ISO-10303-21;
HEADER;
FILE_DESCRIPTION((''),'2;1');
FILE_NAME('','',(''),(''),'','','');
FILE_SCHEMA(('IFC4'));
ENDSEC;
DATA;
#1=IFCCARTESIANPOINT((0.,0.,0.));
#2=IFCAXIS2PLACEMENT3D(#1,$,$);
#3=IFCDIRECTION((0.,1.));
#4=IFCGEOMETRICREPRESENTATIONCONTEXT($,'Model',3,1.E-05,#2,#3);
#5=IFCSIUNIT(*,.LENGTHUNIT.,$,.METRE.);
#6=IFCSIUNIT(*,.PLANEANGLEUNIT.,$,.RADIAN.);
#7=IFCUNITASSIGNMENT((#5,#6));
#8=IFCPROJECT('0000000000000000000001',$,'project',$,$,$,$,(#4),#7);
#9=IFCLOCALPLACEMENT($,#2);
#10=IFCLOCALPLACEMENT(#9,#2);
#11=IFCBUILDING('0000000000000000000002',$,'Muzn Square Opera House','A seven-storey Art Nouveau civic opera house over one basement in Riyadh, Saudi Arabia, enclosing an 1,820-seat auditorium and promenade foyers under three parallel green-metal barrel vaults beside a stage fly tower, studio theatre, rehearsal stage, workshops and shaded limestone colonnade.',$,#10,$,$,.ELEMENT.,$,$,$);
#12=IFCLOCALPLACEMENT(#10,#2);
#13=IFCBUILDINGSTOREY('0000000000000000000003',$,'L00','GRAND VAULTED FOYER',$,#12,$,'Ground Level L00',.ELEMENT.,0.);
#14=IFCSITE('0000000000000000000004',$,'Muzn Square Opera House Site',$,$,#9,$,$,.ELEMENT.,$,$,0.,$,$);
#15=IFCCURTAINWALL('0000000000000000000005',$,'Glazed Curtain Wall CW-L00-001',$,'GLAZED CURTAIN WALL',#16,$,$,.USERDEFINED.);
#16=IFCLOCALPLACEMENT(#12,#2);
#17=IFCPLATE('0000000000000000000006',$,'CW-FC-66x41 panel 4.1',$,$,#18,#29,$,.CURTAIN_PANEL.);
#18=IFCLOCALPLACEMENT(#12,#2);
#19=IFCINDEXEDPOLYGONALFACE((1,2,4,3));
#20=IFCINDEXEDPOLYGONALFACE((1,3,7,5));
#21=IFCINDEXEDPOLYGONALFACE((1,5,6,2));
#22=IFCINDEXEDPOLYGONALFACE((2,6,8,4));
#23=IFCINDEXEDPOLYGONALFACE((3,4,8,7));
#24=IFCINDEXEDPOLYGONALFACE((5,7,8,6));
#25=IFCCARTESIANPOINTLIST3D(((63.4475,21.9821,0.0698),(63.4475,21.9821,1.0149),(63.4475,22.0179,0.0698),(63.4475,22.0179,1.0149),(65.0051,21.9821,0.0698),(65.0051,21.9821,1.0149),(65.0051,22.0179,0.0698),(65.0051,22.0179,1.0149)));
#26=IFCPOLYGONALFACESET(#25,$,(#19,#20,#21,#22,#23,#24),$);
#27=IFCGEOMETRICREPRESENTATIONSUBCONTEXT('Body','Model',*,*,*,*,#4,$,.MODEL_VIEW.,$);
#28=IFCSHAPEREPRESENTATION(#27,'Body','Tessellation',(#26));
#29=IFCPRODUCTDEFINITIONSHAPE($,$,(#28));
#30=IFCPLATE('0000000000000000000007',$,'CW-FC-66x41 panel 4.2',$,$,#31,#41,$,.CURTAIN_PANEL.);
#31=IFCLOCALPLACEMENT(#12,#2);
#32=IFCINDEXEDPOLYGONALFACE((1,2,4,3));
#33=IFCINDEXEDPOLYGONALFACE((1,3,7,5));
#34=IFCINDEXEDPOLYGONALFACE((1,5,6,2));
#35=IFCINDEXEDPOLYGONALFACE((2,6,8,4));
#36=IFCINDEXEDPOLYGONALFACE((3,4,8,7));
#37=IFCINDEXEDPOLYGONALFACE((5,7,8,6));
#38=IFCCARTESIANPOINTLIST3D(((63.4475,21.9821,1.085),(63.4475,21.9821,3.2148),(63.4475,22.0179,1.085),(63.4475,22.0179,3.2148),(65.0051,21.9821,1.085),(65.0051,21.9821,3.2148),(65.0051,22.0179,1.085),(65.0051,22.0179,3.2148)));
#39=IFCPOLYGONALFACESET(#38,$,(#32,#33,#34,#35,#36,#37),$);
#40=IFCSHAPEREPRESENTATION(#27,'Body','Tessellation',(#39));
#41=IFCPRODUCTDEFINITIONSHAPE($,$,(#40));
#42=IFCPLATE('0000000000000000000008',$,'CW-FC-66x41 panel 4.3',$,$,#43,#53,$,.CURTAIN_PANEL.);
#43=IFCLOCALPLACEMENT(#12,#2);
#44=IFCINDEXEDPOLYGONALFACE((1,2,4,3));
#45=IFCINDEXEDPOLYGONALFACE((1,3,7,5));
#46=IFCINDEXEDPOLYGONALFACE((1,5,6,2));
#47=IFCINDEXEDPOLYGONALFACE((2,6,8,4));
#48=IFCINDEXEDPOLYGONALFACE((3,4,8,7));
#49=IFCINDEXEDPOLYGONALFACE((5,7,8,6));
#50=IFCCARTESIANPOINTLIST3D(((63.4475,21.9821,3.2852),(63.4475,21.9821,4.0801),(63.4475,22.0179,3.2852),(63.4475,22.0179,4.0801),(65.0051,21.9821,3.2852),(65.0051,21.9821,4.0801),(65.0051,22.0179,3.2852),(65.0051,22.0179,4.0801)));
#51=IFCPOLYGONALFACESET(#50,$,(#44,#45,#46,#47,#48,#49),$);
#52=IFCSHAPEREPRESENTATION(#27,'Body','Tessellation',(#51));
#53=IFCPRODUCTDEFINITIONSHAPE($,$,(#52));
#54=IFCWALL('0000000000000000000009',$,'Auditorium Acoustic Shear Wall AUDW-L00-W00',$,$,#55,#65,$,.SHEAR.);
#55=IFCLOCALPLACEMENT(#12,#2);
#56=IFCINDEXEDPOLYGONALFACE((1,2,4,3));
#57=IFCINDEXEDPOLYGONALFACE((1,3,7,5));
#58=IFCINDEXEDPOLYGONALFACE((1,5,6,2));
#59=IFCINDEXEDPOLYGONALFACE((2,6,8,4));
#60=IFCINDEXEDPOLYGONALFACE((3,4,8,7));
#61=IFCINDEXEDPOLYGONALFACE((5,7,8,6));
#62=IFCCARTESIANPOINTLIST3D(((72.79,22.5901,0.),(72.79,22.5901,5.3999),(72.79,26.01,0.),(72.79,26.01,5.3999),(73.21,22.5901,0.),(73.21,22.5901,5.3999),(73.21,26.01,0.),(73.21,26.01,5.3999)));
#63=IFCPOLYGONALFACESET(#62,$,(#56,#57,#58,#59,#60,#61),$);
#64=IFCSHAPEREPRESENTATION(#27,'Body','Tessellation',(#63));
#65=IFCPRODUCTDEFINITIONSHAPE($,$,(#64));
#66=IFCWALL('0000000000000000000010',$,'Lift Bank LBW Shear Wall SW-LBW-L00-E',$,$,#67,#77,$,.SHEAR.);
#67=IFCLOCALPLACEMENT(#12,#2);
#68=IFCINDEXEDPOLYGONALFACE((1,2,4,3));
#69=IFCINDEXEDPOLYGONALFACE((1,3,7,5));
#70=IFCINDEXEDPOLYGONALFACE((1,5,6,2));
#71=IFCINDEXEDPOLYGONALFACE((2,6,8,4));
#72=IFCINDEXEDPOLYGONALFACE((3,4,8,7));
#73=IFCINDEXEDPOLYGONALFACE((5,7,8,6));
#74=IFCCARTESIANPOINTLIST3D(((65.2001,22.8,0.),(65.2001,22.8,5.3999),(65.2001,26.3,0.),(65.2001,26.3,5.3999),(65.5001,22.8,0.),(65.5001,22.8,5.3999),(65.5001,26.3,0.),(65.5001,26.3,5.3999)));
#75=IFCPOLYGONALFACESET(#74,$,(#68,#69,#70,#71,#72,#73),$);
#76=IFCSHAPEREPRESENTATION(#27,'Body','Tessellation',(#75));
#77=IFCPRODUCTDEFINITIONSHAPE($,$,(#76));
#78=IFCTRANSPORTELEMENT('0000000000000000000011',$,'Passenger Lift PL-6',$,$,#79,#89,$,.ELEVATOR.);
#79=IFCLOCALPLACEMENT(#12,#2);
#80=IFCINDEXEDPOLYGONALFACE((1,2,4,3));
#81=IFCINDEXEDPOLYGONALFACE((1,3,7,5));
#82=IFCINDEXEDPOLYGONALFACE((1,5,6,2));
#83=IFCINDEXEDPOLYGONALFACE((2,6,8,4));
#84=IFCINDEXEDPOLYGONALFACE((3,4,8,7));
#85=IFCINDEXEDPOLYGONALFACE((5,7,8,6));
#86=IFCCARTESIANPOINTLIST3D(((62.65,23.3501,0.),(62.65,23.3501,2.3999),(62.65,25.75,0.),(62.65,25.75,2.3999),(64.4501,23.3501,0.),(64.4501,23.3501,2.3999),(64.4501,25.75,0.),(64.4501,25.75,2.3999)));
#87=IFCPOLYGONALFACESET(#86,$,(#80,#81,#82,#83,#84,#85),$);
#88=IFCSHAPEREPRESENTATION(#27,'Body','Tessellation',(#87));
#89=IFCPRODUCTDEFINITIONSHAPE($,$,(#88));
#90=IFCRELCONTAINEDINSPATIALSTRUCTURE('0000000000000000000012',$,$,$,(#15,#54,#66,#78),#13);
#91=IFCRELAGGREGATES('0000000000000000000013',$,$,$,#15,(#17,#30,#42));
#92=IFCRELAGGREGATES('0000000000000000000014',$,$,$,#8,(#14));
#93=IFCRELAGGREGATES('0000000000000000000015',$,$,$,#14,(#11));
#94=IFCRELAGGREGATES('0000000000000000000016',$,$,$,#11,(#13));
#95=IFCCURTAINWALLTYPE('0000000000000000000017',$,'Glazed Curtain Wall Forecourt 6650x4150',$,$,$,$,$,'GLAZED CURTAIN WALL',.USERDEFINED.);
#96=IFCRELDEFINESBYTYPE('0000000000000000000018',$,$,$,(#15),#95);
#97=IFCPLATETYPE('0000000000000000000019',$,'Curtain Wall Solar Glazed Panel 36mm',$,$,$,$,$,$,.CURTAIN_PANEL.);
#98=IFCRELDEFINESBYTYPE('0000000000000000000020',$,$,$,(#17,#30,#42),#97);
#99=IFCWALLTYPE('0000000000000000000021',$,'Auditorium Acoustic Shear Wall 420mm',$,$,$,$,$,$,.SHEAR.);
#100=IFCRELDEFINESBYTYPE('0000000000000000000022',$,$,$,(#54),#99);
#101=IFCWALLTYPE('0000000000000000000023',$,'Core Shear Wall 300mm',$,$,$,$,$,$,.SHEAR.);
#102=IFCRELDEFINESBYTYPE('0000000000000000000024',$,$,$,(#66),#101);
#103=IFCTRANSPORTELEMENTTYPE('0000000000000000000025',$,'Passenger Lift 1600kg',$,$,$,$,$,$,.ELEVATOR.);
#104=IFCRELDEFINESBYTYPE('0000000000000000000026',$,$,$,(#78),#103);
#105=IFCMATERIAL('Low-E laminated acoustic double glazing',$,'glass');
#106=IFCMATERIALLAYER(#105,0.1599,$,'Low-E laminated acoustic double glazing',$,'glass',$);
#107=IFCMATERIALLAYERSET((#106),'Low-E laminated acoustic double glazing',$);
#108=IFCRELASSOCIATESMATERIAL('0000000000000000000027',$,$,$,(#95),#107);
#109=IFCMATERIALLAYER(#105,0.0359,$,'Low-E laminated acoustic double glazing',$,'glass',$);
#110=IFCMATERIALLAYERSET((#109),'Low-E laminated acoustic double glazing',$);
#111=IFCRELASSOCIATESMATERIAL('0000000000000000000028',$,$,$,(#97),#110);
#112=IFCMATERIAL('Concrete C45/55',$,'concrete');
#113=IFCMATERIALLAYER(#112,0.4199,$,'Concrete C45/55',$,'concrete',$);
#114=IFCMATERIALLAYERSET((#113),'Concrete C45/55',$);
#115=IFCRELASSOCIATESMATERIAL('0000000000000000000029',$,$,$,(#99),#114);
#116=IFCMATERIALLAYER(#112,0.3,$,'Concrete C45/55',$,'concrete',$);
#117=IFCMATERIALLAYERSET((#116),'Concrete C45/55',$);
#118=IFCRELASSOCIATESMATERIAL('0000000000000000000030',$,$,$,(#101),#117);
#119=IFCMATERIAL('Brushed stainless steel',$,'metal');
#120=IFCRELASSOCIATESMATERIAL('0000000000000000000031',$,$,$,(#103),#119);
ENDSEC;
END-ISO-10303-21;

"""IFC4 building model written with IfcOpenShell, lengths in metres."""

from ifc_helpers import new_model, si_unit, direction, frame, frame_2d, origin, origin_2d, place, context, subcontext, project, spatial, rectangle, extrude, material, layer, layer_set, type_object, element, aggregate, save


model = new_model("IFC4")

# Units and contexts
model_context = context("Model", 3, precision=1e-05, world=origin(), true_north=direction((0.0, 1.0)))
body_context = subcontext(model_context, "Body", "Model", "MODEL_VIEW")
ifc_project = project(units=[si_unit("LENGTHUNIT", "METRE"), si_unit("PLANEANGLEUNIT", "RADIAN")], contexts=[model_context])

# Site, building, storey
site_placement = place(None, origin())
site = spatial("IfcSite", under=ifc_project, at=site_placement, Name="Muzn Square Opera House Site", CompositionType="ELEMENT", RefElevation=0.0)
building_placement = place(site_placement, origin())
building = spatial("IfcBuilding", under=site, at=building_placement, Name="Muzn Square Opera House", Description="A seven-storey Art Nouveau civic opera house over one basement in Riyadh, Saudi Arabia, enclosing an 1,820-seat auditorium and promenade foyers under three parallel green-metal barrel vaults beside a stage fly tower, studio theatre, rehearsal stage, workshops and shaded limestone colonnade.", CompositionType="ELEMENT")
storey_placement = place(building_placement, origin())
storey = spatial("IfcBuildingStorey", under=building, at=storey_placement, Name="L00", Description="GRAND VAULTED FOYER", LongName="Ground Level L00", CompositionType="ELEMENT", Elevation=0.0)

# Shared definitions
ifc_material_1 = material(Name="Concrete C45/55", Category="concrete")

# Curtain wall
ifc_material_2 = material(Name="Low-E laminated acoustic double glazing", Category="glass")
ifc_layer_1 = layer(ifc_material_2, 0.1599, Name="Low-E laminated acoustic double glazing", Category="glass")
ifc_layer_set_1 = layer_set([ifc_layer_1], Name="Low-E laminated acoustic double glazing")
curtain_wall_type = type_object("IfcCurtainWallType", Name="Glazed Curtain Wall Forecourt 6650x4150", ElementType="GLAZED CURTAIN WALL", PredefinedType="USERDEFINED", material=ifc_layer_set_1)
curtain_wall_placement = place(storey_placement, origin())
curtain_wall = element("IfcCurtainWall", 1, at=curtain_wall_placement, inside=storey, type_object=curtain_wall_type, Name="Glazed Curtain Wall CW-L00-001", ObjectType="GLAZED CURTAIN WALL", PredefinedType="USERDEFINED")

# Plates
ifc_layer_2 = layer(ifc_material_2, 0.0359, Name="Low-E laminated acoustic double glazing", Category="glass")
ifc_layer_set_2 = layer_set([ifc_layer_2], Name="Low-E laminated acoustic double glazing")
plate_type = type_object("IfcPlateType", Name="Curtain Wall Solar Glazed Panel 36mm", PredefinedType="CURTAIN_PANEL", material=ifc_layer_set_2)
plate_1_placement = place(storey_placement, frame((64.2263, 22.0, 0.0698), z_axis=(0.0, 0.0, 1.0), x_axis=(1.0, 0.0, 0.0)))
plate_1 = element("IfcPlate", 2, at=plate_1_placement, type_object=plate_type, Name="CW-FC-66x41 panel 4.1", PredefinedType="CURTAIN_PANEL", context=body_context, shape_type="SweptSolid", body=[
    extrude(rectangle(XDim=1.5576, YDim=0.0359, at=origin_2d()), origin(), (0.0, 0.0, 1.0), 0.9451),
])
plate_2_placement = place(storey_placement, frame((64.2263, 22.0, 1.085), z_axis=(0.0, 0.0, 1.0), x_axis=(1.0, 0.0, 0.0)))
plate_2 = element("IfcPlate", 3, at=plate_2_placement, type_object=plate_type, Name="CW-FC-66x41 panel 4.2", PredefinedType="CURTAIN_PANEL", context=body_context, shape_type="SweptSolid", body=[
    extrude(rectangle(XDim=1.5576, YDim=0.0359, at=origin_2d()), origin(), (0.0, 0.0, 1.0), 2.1299),
])
plate_3_placement = place(storey_placement, frame((64.2263, 22.0, 3.2852), z_axis=(0.0, 0.0, 1.0), x_axis=(1.0, 0.0, 0.0)))
plate_3 = element("IfcPlate", 4, at=plate_3_placement, type_object=plate_type, Name="CW-FC-66x41 panel 4.3", PredefinedType="CURTAIN_PANEL", context=body_context, shape_type="SweptSolid", body=[
    extrude(rectangle(XDim=1.5576, YDim=0.0359, at=origin_2d()), origin(), (0.0, 0.0, 1.0), 0.7949),
])
aggregate(curtain_wall, [plate_1, plate_2, plate_3])

# Walls
ifc_layer_3 = layer(ifc_material_1, 0.4199, Name="Concrete C45/55", Category="concrete")
ifc_layer_set_3 = layer_set([ifc_layer_3], Name="Concrete C45/55")
wall_type_1 = type_object("IfcWallType", Name="Auditorium Acoustic Shear Wall 420mm", PredefinedType="SHEAR", material=ifc_layer_set_3)
wall_1_placement = place(storey_placement, frame((73.0, 22.5901, 0.0), z_axis=(0.0, 0.0, 1.0), x_axis=(0.0, 1.0, 0.0)))
element("IfcWall", 5, at=wall_1_placement, inside=storey, type_object=wall_type_1, Name="Auditorium Acoustic Shear Wall AUDW-L00-W00", PredefinedType="SHEAR", context=body_context, shape_type="SweptSolid", body=[
    extrude(rectangle(XDim=3.4199, YDim=0.4199, at=frame_2d((1.71, 0.0))), origin(), (0.0, 0.0, 1.0), 5.3999),
])
ifc_layer_4 = layer(ifc_material_1, 0.3, Name="Concrete C45/55", Category="concrete")
ifc_layer_set_4 = layer_set([ifc_layer_4], Name="Concrete C45/55")
wall_type_2 = type_object("IfcWallType", Name="Core Shear Wall 300mm", PredefinedType="SHEAR", material=ifc_layer_set_4)
wall_2_placement = place(storey_placement, frame((65.3501, 22.8, 0.0), z_axis=(0.0, 0.0, 1.0), x_axis=(0.0, 1.0, 0.0)))
element("IfcWall", 6, at=wall_2_placement, inside=storey, type_object=wall_type_2, Name="Lift Bank LBW Shear Wall SW-LBW-L00-E", PredefinedType="SHEAR", context=body_context, shape_type="SweptSolid", body=[
    extrude(rectangle(XDim=3.5, YDim=0.3, at=frame_2d((1.75, 0.0))), origin(), (0.0, 0.0, 1.0), 5.3999),
])

# Transport element
ifc_material_3 = material(Name="Brushed stainless steel", Category="metal")
transport_element_type = type_object("IfcTransportElementType", Name="Passenger Lift 1600kg", PredefinedType="ELEVATOR", material=ifc_material_3)
transport_element_placement = place(storey_placement, frame((63.55, 24.55, 0.0), z_axis=(0.0, 0.0, 1.0), x_axis=(1.0, 0.0, 0.0)))
element("IfcTransportElement", 7, at=transport_element_placement, inside=storey, type_object=transport_element_type, Name="Passenger Lift PL-6", PredefinedType="ELEVATOR", context=body_context, shape_type="SweptSolid", body=[
    extrude(rectangle(XDim=1.8, YDim=2.3999, at=origin_2d()), origin(), (0.0, 0.0, 1.0), 2.3999),
])

save(model, "model.ifc")
